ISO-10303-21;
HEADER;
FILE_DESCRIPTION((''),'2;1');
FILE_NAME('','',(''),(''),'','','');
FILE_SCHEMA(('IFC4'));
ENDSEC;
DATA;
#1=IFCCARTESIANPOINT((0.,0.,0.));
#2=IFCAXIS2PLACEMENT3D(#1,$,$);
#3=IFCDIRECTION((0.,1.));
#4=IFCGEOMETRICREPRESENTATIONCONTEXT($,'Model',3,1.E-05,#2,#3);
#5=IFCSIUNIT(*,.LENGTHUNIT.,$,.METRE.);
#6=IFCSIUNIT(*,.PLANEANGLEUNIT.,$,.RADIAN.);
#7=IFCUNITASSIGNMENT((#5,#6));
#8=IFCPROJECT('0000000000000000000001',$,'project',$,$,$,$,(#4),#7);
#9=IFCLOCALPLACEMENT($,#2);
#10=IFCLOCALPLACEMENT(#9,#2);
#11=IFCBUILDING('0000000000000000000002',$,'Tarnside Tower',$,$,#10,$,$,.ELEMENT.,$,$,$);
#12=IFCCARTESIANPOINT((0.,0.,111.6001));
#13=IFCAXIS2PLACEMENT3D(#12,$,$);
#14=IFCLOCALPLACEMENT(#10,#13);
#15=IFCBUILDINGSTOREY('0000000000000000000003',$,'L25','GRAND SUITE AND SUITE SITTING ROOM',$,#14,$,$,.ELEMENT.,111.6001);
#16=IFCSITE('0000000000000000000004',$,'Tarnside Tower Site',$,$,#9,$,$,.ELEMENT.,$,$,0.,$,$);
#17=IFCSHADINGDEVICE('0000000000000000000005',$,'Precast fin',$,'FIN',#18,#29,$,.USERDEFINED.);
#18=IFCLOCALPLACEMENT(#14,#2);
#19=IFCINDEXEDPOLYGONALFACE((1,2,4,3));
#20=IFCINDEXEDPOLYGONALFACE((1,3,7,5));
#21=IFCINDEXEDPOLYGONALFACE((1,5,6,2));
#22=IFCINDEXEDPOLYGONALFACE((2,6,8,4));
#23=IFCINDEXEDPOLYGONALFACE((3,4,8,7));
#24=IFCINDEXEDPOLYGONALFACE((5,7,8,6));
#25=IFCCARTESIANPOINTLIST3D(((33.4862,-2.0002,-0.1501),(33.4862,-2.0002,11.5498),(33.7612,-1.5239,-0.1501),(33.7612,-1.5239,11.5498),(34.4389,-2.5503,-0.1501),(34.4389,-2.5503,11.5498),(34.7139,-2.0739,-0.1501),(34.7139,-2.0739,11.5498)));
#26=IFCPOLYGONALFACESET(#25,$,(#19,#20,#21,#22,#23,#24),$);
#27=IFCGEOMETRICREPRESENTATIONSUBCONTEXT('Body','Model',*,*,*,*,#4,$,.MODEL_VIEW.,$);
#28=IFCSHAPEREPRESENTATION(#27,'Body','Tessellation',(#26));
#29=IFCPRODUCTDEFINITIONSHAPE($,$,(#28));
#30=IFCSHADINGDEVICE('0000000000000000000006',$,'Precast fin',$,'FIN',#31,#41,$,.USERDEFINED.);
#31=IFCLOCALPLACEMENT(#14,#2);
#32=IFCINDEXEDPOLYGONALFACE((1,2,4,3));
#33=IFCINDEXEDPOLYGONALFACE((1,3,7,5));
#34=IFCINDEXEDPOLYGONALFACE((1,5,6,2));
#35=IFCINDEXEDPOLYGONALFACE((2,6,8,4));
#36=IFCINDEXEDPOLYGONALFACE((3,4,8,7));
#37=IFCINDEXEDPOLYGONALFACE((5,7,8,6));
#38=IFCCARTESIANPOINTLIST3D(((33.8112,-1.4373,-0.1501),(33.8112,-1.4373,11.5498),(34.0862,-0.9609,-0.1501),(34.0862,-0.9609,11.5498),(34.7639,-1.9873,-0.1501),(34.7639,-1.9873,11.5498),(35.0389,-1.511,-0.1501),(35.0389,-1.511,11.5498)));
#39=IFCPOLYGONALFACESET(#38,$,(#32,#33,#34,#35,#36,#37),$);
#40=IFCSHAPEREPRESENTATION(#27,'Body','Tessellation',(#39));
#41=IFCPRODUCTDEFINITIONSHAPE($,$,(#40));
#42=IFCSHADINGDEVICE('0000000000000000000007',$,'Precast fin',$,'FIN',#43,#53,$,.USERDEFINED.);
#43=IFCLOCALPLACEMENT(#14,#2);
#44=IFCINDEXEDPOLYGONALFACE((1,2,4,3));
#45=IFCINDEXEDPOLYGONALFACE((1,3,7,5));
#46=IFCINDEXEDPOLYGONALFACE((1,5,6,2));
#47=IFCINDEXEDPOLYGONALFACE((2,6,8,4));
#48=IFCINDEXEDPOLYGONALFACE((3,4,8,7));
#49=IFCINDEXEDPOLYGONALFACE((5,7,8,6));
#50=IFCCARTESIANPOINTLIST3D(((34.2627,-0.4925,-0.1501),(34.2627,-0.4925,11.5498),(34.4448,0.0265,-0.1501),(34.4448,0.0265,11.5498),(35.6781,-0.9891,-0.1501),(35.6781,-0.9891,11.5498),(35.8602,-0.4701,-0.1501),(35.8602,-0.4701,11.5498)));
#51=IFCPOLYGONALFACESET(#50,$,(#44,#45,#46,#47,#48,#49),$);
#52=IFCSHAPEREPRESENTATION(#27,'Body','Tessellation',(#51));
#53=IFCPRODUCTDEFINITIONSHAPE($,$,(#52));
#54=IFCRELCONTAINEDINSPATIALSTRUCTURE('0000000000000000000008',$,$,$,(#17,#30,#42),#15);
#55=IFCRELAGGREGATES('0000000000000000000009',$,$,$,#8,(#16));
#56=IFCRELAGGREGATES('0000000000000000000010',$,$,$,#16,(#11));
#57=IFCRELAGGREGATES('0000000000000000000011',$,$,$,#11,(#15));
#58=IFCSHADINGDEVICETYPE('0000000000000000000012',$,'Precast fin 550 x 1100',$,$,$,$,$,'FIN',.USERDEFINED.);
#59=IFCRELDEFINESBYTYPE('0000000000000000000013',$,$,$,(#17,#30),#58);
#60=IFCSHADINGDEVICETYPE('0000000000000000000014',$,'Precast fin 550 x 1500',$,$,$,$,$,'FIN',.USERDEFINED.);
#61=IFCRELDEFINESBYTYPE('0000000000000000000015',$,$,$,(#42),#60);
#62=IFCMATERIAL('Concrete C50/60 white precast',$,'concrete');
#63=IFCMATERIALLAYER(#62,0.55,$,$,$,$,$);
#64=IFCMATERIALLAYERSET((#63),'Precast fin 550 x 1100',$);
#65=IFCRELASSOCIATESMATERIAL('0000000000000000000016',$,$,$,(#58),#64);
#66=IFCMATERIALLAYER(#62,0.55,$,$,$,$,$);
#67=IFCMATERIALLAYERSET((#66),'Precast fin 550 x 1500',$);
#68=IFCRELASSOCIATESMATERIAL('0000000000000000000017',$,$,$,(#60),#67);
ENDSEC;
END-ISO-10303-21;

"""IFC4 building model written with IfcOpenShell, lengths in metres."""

from ifc_helpers import new_model, si_unit, direction, frame, origin, place, context, subcontext, project, spatial, polyline, outline, extrude, material, layer, layer_set, type_object, element, save


model = new_model("IFC4")

# Units and contexts
model_context = context("Model", 3, precision=1e-05, world=origin(), true_north=direction((0.0, 1.0)))
body_context = subcontext(model_context, "Body", "Model", "MODEL_VIEW")
ifc_project = project(units=[si_unit("LENGTHUNIT", "METRE"), si_unit("PLANEANGLEUNIT", "RADIAN")], contexts=[model_context])

# Site, building, storey
site_placement = place(None, origin())
site = spatial("IfcSite", under=ifc_project, at=site_placement, Name="Tarnside Tower Site", CompositionType="ELEMENT", RefElevation=0.0)
building_placement = place(site_placement, origin())
building = spatial("IfcBuilding", under=site, at=building_placement, Name="Tarnside Tower", CompositionType="ELEMENT")
storey_placement = place(building_placement, frame((0.0, 0.0, 111.6001)))
storey = spatial("IfcBuildingStorey", under=building, at=storey_placement, Name="L25", Description="GRAND SUITE AND SUITE SITTING ROOM", CompositionType="ELEMENT", Elevation=111.6001)

# Shading devices
ifc_material_1 = material(Name="Concrete C50/60 white precast", Category="concrete")
ifc_layer_1 = layer(ifc_material_1, 0.55)
ifc_layer_set_1 = layer_set([ifc_layer_1], Name="Precast fin 550 x 1100")
shading_device_type_1 = type_object("IfcShadingDeviceType", Name="Precast fin 550 x 1100", ElementType="FIN", PredefinedType="USERDEFINED", material=ifc_layer_set_1)
for number, where, z_axis, x_axis, name in (
    (1, (33.6238, -1.762, -0.1501), (-0.5, -0.866025, 0.0), (0.866025, -0.5, 0.0), "Precast fin"),
    (2, (33.9487, -1.199, -0.1501), (-0.5, -0.866025, 0.0), (0.866025, -0.5, 0.0), "Precast fin"),
):
    element("IfcShadingDevice", number, at=place(storey_placement, frame(where, z_axis=z_axis, x_axis=x_axis)), inside=storey, type_object=shading_device_type_1, Name=name, ObjectType="FIN", PredefinedType="USERDEFINED", context=body_context, shape_type="SweptSolid", body=[
        extrude(outline(polyline([(0.0, 0.0), (1.1001, 0.0), (1.1001, 11.7), (0.0, 11.7), (0.0, 0.0)])), frame((0.0, 0.0, -0.2749)), (0.0, 0.0, 1.0), 0.55),
    ])
ifc_layer_2 = layer(ifc_material_1, 0.55)
ifc_layer_set_2 = layer_set([ifc_layer_2], Name="Precast fin 550 x 1500")
shading_device_type_2 = type_object("IfcShadingDeviceType", Name="Precast fin 550 x 1500", ElementType="FIN", PredefinedType="USERDEFINED", material=ifc_layer_set_2)
shading_device_placement = place(storey_placement, frame((34.3538, -0.2329, -0.1501), z_axis=(-0.331063, -0.943609, 0.0), x_axis=(0.943609, -0.331063, 0.0)))
element("IfcShadingDevice", 3, at=shading_device_placement, inside=storey, type_object=shading_device_type_2, Name="Precast fin", ObjectType="FIN", PredefinedType="USERDEFINED", context=body_context, shape_type="SweptSolid", body=[
    extrude(outline(polyline([(0.0, 0.0), (1.5, 0.0), (1.5, 11.7), (0.0, 11.7), (0.0, 0.0)])), frame((0.0, 0.0, -0.2749)), (0.0, 0.0, 1.0), 0.55),
])

save(model, "model.ifc")
